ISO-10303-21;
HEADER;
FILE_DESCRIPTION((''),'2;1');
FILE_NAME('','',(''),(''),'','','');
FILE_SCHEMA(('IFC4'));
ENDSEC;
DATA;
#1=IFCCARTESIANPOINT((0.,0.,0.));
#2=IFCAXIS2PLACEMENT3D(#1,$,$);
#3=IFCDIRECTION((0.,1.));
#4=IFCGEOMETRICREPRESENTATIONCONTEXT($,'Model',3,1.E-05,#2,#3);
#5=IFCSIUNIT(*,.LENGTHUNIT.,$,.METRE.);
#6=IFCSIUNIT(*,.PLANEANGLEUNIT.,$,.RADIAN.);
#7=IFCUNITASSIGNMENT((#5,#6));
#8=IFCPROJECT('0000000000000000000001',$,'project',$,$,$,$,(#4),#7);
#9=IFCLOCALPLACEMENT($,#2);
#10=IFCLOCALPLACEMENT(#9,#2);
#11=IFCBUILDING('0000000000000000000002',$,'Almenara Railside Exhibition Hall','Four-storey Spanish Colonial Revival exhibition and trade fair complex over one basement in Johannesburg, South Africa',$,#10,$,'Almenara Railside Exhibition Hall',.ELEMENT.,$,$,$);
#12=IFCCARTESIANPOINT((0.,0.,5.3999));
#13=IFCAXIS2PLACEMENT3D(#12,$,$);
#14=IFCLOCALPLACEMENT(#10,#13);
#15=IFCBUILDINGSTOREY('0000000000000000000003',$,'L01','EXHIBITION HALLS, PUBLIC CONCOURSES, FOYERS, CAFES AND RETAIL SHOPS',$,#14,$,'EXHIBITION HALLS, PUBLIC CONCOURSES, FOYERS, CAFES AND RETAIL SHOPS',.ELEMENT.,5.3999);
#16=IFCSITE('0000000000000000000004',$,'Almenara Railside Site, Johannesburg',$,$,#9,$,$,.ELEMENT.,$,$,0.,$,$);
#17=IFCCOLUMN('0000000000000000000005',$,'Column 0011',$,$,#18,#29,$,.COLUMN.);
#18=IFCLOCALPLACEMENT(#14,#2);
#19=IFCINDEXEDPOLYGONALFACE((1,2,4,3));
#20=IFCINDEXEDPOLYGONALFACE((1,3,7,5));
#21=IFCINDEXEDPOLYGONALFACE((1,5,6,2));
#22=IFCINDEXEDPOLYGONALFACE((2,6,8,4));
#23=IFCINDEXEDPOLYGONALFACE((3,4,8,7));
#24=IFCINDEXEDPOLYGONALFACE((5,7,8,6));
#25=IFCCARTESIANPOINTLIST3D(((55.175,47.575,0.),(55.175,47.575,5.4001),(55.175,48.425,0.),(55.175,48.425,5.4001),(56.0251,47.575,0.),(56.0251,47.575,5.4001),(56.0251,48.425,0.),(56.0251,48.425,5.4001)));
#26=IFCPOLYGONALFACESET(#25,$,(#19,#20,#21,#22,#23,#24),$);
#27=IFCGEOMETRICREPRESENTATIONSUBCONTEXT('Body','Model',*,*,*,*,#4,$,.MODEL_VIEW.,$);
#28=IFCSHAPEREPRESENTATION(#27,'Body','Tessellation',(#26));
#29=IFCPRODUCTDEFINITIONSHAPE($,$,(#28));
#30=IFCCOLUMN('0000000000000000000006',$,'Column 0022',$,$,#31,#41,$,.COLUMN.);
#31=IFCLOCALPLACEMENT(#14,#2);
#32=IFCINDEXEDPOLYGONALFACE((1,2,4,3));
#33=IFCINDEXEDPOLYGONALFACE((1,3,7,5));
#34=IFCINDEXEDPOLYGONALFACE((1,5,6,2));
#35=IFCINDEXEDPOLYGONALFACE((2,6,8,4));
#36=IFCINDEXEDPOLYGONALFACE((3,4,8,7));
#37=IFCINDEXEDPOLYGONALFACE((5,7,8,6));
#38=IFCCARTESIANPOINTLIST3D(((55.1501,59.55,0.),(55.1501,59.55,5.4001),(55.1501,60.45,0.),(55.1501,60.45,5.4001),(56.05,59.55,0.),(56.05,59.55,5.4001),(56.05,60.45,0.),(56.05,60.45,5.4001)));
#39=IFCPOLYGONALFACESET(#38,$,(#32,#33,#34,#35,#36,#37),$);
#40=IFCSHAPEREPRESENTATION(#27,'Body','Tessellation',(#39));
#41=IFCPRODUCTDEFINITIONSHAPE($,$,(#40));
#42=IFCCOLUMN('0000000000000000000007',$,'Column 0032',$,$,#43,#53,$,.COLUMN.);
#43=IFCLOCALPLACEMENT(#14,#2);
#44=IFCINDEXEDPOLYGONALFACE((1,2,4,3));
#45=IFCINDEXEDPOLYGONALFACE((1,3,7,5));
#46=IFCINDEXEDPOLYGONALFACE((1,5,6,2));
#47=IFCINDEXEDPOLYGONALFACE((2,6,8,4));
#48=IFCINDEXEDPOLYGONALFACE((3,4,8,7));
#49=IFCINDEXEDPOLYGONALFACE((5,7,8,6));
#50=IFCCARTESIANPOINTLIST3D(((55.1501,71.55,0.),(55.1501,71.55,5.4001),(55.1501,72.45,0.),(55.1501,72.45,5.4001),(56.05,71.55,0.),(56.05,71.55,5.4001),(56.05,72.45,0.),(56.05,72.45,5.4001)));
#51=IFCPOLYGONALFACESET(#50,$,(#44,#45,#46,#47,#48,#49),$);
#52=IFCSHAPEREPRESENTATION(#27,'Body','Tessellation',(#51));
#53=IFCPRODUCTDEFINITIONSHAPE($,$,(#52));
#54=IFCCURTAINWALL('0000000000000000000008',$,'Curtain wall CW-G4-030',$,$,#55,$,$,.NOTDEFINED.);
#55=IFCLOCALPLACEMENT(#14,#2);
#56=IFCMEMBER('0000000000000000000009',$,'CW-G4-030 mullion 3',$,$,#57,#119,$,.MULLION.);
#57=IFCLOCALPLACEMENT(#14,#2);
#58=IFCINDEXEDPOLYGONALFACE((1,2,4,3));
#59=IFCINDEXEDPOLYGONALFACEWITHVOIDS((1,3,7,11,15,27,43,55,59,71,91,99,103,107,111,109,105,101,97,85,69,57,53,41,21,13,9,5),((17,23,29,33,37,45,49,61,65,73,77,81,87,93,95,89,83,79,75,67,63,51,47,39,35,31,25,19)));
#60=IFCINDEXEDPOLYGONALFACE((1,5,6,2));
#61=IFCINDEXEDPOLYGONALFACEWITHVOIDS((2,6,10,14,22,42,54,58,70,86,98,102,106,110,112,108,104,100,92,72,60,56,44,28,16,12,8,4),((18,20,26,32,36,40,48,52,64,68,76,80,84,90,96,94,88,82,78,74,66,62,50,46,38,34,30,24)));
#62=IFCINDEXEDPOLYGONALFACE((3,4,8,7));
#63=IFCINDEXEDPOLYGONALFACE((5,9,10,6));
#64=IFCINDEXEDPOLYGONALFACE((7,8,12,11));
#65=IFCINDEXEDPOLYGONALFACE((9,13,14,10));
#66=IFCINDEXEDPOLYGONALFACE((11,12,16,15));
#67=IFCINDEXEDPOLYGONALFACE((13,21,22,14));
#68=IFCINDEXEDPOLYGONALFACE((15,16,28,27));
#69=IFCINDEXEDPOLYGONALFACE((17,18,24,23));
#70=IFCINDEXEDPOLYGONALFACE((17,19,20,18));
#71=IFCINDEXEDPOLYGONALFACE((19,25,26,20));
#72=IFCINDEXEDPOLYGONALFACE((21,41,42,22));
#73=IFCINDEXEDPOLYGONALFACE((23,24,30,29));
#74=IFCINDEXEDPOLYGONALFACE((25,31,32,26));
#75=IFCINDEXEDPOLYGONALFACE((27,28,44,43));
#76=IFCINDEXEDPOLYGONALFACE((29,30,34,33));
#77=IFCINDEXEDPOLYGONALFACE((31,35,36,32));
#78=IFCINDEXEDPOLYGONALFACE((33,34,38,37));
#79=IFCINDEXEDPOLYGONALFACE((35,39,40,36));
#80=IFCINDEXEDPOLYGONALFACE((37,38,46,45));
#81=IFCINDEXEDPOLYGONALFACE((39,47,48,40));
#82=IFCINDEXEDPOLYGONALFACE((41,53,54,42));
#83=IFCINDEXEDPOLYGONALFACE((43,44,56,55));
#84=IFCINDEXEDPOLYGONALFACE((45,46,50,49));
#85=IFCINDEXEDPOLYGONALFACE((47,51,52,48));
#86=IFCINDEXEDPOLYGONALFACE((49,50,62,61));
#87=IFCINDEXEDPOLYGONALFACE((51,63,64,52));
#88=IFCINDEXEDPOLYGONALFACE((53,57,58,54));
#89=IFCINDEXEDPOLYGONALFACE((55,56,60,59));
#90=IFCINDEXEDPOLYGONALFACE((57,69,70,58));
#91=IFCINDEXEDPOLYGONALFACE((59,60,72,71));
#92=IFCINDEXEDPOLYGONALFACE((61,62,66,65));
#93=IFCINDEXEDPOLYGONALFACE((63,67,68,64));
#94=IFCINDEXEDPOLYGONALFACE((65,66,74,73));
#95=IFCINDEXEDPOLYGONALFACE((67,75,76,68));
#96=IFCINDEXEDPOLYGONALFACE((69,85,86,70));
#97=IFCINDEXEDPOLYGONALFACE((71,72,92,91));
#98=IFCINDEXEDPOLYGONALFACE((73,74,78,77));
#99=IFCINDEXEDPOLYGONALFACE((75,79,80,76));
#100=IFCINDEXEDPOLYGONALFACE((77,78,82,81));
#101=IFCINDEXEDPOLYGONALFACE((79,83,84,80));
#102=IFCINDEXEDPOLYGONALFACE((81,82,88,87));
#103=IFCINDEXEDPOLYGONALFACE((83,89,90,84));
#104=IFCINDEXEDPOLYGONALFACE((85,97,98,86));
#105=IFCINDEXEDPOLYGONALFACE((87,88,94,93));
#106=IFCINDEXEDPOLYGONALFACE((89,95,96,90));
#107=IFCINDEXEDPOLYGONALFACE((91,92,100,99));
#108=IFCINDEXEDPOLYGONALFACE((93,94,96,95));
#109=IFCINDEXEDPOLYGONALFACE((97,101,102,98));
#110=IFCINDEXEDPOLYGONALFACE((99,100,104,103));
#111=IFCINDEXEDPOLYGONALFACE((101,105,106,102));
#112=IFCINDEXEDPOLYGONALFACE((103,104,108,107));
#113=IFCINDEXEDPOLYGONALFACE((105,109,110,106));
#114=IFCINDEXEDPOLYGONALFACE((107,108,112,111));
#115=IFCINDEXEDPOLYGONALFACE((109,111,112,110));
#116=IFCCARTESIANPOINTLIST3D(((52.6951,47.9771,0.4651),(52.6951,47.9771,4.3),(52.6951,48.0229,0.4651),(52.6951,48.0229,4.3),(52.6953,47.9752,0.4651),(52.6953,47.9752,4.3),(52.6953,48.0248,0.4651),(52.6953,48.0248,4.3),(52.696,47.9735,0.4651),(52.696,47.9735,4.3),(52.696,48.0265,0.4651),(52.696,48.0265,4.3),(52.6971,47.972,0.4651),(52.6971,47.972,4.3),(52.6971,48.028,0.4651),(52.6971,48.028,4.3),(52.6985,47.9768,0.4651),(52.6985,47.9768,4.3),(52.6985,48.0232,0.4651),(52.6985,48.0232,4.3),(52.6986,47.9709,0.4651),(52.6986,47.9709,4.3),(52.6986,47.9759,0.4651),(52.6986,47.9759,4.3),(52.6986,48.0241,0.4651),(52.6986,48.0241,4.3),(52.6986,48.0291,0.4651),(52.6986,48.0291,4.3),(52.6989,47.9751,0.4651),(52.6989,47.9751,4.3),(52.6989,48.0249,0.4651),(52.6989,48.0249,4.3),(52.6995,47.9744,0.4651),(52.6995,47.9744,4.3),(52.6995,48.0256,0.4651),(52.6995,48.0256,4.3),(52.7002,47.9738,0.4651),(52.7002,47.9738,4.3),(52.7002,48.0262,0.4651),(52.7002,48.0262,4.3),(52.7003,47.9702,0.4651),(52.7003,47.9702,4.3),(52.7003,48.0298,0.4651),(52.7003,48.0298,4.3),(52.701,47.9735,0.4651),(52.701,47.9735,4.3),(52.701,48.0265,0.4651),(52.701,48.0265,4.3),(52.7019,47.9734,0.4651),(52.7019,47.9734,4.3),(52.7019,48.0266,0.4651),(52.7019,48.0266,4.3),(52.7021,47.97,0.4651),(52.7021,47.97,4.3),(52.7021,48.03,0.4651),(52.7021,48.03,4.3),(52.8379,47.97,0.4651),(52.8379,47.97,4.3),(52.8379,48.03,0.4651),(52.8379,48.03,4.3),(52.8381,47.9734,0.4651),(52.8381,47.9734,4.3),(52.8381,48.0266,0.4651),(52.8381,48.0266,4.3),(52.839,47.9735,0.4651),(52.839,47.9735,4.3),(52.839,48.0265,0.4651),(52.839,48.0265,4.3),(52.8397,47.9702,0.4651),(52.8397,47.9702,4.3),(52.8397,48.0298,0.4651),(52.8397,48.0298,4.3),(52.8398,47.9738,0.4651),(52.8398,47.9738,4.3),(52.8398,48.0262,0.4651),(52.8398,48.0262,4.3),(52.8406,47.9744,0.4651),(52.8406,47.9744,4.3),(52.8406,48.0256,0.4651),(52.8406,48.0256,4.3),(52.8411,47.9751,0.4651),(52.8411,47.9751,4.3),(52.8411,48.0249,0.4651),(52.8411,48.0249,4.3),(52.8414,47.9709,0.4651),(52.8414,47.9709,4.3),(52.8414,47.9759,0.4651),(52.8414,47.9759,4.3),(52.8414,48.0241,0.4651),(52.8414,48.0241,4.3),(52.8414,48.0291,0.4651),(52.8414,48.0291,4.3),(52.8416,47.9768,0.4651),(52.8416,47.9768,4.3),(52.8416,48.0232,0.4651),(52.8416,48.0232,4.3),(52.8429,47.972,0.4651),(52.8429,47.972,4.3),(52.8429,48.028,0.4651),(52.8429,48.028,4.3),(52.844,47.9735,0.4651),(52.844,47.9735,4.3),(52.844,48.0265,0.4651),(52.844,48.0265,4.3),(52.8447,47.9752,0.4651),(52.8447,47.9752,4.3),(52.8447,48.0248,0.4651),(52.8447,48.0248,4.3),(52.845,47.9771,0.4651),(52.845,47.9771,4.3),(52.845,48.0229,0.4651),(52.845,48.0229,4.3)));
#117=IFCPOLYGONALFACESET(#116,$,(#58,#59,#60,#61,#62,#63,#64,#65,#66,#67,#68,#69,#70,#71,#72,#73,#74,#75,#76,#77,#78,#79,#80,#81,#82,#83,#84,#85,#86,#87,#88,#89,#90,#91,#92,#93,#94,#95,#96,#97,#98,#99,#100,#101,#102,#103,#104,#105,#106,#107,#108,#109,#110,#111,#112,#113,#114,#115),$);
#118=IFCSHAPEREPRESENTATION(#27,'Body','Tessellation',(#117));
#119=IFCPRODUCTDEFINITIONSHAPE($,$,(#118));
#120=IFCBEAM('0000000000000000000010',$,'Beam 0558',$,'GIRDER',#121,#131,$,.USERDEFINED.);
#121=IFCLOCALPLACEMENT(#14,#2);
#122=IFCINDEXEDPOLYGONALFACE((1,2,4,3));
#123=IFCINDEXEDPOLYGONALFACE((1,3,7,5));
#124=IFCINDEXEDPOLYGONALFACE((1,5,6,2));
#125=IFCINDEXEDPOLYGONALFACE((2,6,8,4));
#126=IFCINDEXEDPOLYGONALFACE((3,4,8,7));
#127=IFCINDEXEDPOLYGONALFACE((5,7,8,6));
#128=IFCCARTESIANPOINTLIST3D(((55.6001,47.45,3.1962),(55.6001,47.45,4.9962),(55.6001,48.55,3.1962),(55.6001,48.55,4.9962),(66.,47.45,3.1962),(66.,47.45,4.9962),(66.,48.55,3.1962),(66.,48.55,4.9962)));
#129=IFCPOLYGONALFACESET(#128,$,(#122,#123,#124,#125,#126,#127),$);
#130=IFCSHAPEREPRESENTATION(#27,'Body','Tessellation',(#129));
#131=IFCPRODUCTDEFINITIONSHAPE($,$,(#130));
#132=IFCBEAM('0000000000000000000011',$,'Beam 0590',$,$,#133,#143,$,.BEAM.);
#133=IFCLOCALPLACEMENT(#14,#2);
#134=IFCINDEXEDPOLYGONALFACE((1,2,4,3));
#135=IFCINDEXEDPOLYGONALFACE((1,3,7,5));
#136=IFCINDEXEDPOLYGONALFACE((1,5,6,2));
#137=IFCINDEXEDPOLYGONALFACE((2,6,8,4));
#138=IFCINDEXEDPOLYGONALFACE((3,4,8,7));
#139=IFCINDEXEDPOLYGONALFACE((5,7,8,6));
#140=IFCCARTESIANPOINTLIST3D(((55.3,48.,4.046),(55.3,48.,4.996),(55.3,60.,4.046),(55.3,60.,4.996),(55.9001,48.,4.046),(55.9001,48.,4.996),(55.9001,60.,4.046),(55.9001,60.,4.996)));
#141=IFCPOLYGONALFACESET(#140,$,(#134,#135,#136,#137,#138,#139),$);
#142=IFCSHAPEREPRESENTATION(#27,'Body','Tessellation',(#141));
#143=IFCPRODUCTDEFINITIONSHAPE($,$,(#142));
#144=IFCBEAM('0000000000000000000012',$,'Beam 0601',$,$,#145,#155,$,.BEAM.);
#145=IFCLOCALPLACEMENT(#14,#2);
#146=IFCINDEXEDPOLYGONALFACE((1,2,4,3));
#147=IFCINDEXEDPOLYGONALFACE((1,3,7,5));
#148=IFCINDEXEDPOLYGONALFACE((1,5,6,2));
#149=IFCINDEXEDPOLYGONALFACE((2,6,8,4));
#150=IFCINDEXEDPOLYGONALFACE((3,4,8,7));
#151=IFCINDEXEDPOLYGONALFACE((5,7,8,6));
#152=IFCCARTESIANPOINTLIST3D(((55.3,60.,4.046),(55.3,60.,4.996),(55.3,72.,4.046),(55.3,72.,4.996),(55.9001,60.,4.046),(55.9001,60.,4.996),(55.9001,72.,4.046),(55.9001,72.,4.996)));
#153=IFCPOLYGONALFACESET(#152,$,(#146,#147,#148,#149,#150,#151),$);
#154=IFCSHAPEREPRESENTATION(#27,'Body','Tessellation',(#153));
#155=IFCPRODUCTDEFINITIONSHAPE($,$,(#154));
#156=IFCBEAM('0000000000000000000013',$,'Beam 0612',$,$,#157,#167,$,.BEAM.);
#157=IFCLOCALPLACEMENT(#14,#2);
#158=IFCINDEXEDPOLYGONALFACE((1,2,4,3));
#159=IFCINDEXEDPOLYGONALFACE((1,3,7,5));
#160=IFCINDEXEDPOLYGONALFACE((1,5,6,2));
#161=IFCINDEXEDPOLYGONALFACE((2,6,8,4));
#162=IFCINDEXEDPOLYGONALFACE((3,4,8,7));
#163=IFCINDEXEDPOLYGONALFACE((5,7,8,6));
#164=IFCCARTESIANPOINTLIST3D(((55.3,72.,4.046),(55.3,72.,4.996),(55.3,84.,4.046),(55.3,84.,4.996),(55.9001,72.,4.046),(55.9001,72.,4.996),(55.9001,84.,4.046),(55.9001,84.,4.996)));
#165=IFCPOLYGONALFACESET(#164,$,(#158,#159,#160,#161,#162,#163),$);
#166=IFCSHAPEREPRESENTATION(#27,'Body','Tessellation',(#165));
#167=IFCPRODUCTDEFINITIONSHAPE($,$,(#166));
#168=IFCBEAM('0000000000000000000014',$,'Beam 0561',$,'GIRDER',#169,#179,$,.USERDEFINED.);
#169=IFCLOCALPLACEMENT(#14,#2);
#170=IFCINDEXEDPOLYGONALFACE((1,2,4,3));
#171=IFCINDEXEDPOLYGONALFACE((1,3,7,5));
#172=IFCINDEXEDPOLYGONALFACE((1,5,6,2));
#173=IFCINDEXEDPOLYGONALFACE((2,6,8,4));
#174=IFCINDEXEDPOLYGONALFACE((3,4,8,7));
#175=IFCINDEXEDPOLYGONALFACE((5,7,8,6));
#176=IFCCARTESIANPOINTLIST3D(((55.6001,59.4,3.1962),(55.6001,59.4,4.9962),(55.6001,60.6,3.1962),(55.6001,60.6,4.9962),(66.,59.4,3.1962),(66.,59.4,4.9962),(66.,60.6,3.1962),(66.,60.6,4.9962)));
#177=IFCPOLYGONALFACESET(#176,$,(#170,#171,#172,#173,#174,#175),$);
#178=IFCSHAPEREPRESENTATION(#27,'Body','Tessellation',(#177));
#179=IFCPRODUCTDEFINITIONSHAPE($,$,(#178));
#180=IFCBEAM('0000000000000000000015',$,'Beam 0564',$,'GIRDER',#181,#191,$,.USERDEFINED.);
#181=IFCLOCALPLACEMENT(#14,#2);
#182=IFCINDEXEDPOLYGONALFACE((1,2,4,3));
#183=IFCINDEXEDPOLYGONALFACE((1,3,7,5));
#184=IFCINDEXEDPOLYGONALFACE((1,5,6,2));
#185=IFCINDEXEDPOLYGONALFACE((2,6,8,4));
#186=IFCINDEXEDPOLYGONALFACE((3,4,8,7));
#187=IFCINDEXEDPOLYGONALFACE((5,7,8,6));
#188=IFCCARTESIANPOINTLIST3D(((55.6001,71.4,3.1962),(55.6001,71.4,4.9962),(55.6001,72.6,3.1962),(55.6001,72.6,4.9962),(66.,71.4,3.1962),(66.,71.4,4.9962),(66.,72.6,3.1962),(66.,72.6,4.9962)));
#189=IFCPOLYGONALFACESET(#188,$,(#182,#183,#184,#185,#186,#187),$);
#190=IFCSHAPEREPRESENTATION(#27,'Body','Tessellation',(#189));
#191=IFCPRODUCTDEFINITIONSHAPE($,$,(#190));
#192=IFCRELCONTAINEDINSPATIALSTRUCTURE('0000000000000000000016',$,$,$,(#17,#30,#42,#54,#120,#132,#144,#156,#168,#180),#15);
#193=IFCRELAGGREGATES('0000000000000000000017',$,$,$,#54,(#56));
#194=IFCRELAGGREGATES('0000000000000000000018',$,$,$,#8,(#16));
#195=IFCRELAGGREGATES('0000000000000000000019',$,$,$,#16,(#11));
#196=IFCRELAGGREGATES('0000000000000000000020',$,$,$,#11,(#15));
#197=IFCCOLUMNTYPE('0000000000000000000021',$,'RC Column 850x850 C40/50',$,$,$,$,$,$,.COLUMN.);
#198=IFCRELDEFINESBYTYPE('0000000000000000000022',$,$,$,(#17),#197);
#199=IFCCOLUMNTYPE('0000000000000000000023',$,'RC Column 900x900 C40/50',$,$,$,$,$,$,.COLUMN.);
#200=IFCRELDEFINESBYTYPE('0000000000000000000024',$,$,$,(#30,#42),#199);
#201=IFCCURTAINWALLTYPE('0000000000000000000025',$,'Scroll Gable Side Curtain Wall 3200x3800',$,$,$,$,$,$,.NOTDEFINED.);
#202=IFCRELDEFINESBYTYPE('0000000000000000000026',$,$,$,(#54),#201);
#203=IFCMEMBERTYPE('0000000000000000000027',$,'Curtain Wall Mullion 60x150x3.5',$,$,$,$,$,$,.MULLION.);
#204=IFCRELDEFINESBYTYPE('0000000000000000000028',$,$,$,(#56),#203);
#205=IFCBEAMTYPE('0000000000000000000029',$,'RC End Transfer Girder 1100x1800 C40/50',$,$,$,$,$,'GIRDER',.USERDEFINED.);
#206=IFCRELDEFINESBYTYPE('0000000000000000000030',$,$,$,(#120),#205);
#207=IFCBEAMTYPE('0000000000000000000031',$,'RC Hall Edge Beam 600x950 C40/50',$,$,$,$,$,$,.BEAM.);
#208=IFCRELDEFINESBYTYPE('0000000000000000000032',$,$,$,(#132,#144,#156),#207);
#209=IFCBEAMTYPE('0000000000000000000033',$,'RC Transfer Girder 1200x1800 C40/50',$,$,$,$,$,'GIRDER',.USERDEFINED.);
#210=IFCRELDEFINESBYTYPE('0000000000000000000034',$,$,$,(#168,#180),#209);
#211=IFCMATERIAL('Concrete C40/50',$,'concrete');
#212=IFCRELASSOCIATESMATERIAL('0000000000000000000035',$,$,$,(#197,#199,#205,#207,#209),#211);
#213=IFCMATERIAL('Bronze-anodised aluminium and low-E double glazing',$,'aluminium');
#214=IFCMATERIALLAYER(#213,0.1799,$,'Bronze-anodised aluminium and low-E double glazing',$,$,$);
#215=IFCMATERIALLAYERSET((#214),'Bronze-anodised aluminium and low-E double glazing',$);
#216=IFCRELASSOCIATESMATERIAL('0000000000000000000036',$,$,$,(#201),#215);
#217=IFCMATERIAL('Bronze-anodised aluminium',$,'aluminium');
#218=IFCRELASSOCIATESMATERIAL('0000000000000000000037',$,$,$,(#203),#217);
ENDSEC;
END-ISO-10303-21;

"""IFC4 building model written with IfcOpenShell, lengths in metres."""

from ifc_helpers import new_model, si_unit, direction, frame, origin, origin_2d, place, context, subcontext, project, spatial, rectangle, hollow_rectangle, extrude, material, layer, layer_set, material_profile, profile_set, type_object, element, aggregate, save


model = new_model("IFC4")

# Units and contexts
model_context = context("Model", 3, precision=1e-05, world=origin(), true_north=direction((0.0, 1.0)))
body_context = subcontext(model_context, "Body", "Model", "MODEL_VIEW")
ifc_project = project(units=[si_unit("LENGTHUNIT", "METRE"), si_unit("PLANEANGLEUNIT", "RADIAN")], contexts=[model_context])

# Site, building, storey
site_placement = place(None, origin())
site = spatial("IfcSite", under=ifc_project, at=site_placement, Name="Almenara Railside Site, Johannesburg", CompositionType="ELEMENT", RefElevation=0.0)
building_placement = place(site_placement, origin())
building = spatial("IfcBuilding", under=site, at=building_placement, Name="Almenara Railside Exhibition Hall", Description="Four-storey Spanish Colonial Revival exhibition and trade fair complex over one basement in Johannesburg, South Africa", LongName="Almenara Railside Exhibition Hall", CompositionType="ELEMENT")
storey_placement = place(building_placement, frame((0.0, 0.0, 5.3999)))
storey = spatial("IfcBuildingStorey", under=building, at=storey_placement, Name="L01", Description="EXHIBITION HALLS, PUBLIC CONCOURSES, FOYERS, CAFES AND RETAIL SHOPS", LongName="EXHIBITION HALLS, PUBLIC CONCOURSES, FOYERS, CAFES AND RETAIL SHOPS", CompositionType="ELEMENT", Elevation=5.3999)

# Columns
ifc_material_1 = material(Name="Concrete C40/50", Category="concrete")
ifc_material_profile_1 = material_profile(ifc_material_1, rectangle(XDim=0.8501, YDim=0.8501, at=origin_2d()), Name="RC 850x850")
ifc_profile_set_1 = profile_set([ifc_material_profile_1], Name="Concrete C40/50")
column_type_1 = type_object("IfcColumnType", Name="RC Column 850x850 C40/50", PredefinedType="COLUMN", material=ifc_profile_set_1)
column_placement = place(storey_placement, frame((55.6001, 48.0, 0.0), z_axis=(0.0, 0.0, 1.0), x_axis=(1.0, 0.0, 0.0)))
element("IfcColumn", 1, at=column_placement, inside=storey, type_object=column_type_1, Name="Column 0011", PredefinedType="COLUMN", context=body_context, shape_type="SweptSolid", body=[
    extrude(rectangle(XDim=0.8501, YDim=0.8501, at=origin_2d()), origin(), (0.0, 0.0, 1.0), 5.4001),
])
ifc_material_profile_2 = material_profile(ifc_material_1, rectangle(XDim=0.8999, YDim=0.8999, at=origin_2d()), Name="RC 900x900")
ifc_profile_set_2 = profile_set([ifc_material_profile_2], Name="Concrete C40/50")
column_type_2 = type_object("IfcColumnType", Name="RC Column 900x900 C40/50", PredefinedType="COLUMN", material=ifc_profile_set_2)
for number, where, z_axis, x_axis, name in (
    (2, (55.6001, 60.0, 0.0), (0.0, 0.0, 1.0), (1.0, 0.0, 0.0), "Column 0022"),
    (3, (55.6001, 72.0, 0.0), (0.0, 0.0, 1.0), (1.0, 0.0, 0.0), "Column 0032"),
):
    element("IfcColumn", number, at=place(storey_placement, frame(where, z_axis=z_axis, x_axis=x_axis)), inside=storey, type_object=column_type_2, Name=name, PredefinedType="COLUMN", context=body_context, shape_type="SweptSolid", body=[
        extrude(rectangle(XDim=0.8999, YDim=0.8999, at=origin_2d()), origin(), (0.0, 0.0, 1.0), 5.4001),
    ])

# Curtain wall, member
ifc_material_2 = material(Name="Bronze-anodised aluminium and low-E double glazing", Category="aluminium")
ifc_layer_1 = layer(ifc_material_2, 0.1799, Name="Bronze-anodised aluminium and low-E double glazing")
ifc_layer_set_1 = layer_set([ifc_layer_1], Name="Bronze-anodised aluminium and low-E double glazing")
curtain_wall_type = type_object("IfcCurtainWallType", Name="Scroll Gable Side Curtain Wall 3200x3800", PredefinedType="NOTDEFINED", material=ifc_layer_set_1)
curtain_wall_placement = place(storey_placement, origin())
curtain_wall = element("IfcCurtainWall", 4, at=curtain_wall_placement, inside=storey, type_object=curtain_wall_type, Name="Curtain wall CW-G4-030", PredefinedType="NOTDEFINED")
ifc_material_3 = material(Name="Bronze-anodised aluminium", Category="aluminium")
ifc_material_profile_3 = material_profile(ifc_material_3, hollow_rectangle(XDim=0.0601, YDim=0.1499, WallThickness=0.0034, InnerFilletRadius=0.0034, OuterFilletRadius=0.0071, at=origin_2d()), Name="ALU-MUL 60x150x3.5")
ifc_profile_set_3 = profile_set([ifc_material_profile_3], Name="Bronze-anodised aluminium")
member_type = type_object("IfcMemberType", Name="Curtain Wall Mullion 60x150x3.5", PredefinedType="MULLION", material=ifc_profile_set_3)
member_placement = place(storey_placement, frame((52.77, 48.0, 0.4651), z_axis=(0.0, 0.0, 1.0), x_axis=(0.0, 1.0, 0.0)))
member = element("IfcMember", 5, at=member_placement, type_object=member_type, Name="CW-G4-030 mullion 3", PredefinedType="MULLION", context=body_context, shape_type="SweptSolid", body=[
    extrude(hollow_rectangle(XDim=0.0601, YDim=0.1499, WallThickness=0.0034, InnerFilletRadius=0.0034, OuterFilletRadius=0.0071, at=origin_2d()), origin(), (0.0, 0.0, 1.0), 3.835),
])

# Beams
ifc_material_profile_4 = material_profile(ifc_material_1, rectangle(XDim=1.1001, YDim=1.8, at=origin_2d()), Name="RC 1100x1800")
ifc_profile_set_4 = profile_set([ifc_material_profile_4], Name="Concrete C40/50")
beam_type_1 = type_object("IfcBeamType", Name="RC End Transfer Girder 1100x1800 C40/50", ElementType="GIRDER", PredefinedType="USERDEFINED", material=ifc_profile_set_4)
beam_1_placement = place(storey_placement, frame((55.6001, 48.0, 4.0962), z_axis=(1.0, 0.0, 0.0), x_axis=(0.0, 1.0, 0.0)))
element("IfcBeam", 6, at=beam_1_placement, inside=storey, type_object=beam_type_1, Name="Beam 0558", ObjectType="GIRDER", PredefinedType="USERDEFINED", context=body_context, shape_type="SweptSolid", body=[
    extrude(rectangle(XDim=1.1001, YDim=1.8, at=origin_2d()), origin(), (0.0, 0.0, 1.0), 10.3999),
])
ifc_material_profile_5 = material_profile(ifc_material_1, rectangle(XDim=0.6001, YDim=0.95, at=origin_2d()), Name="RC 600x950")
ifc_profile_set_5 = profile_set([ifc_material_profile_5], Name="Concrete C40/50")
beam_type_2 = type_object("IfcBeamType", Name="RC Hall Edge Beam 600x950 C40/50", PredefinedType="BEAM", material=ifc_profile_set_5)
for number, where, z_axis, x_axis, name in (
    (7, (55.6001, 48.0, 4.521), (0.0, 1.0, 0.0), (-1.0, 0.0, 0.0), "Beam 0590"),
    (8, (55.6001, 60.0, 4.521), (0.0, 1.0, 0.0), (-1.0, 0.0, 0.0), "Beam 0601"),
    (9, (55.6001, 72.0, 4.521), (0.0, 1.0, 0.0), (-1.0, 0.0, 0.0), "Beam 0612"),
):
    element("IfcBeam", number, at=place(storey_placement, frame(where, z_axis=z_axis, x_axis=x_axis)), inside=storey, type_object=beam_type_2, Name=name, PredefinedType="BEAM", context=body_context, shape_type="SweptSolid", body=[
        extrude(rectangle(XDim=0.6001, YDim=0.95, at=origin_2d()), origin(), (0.0, 0.0, 1.0), 12.0),
    ])
ifc_material_profile_6 = material_profile(ifc_material_1, rectangle(XDim=1.2, YDim=1.8, at=origin_2d()), Name="RC 1200x1800")
ifc_profile_set_6 = profile_set([ifc_material_profile_6], Name="Concrete C40/50")
beam_type_3 = type_object("IfcBeamType", Name="RC Transfer Girder 1200x1800 C40/50", ElementType="GIRDER", PredefinedType="USERDEFINED", material=ifc_profile_set_6)
for number, where, z_axis, x_axis, name in (
    (10, (55.6001, 60.0, 4.0962), (1.0, 0.0, 0.0), (0.0, 1.0, 0.0), "Beam 0561"),
    (11, (55.6001, 72.0, 4.0962), (1.0, 0.0, 0.0), (0.0, 1.0, 0.0), "Beam 0564"),
):
    element("IfcBeam", number, at=place(storey_placement, frame(where, z_axis=z_axis, x_axis=x_axis)), inside=storey, type_object=beam_type_3, Name=name, ObjectType="GIRDER", PredefinedType="USERDEFINED", context=body_context, shape_type="SweptSolid", body=[
        extrude(rectangle(XDim=1.2, YDim=1.8, at=origin_2d()), origin(), (0.0, 0.0, 1.0), 10.3999),
    ])

aggregate(curtain_wall, [member])

save(model, "model.ifc")
